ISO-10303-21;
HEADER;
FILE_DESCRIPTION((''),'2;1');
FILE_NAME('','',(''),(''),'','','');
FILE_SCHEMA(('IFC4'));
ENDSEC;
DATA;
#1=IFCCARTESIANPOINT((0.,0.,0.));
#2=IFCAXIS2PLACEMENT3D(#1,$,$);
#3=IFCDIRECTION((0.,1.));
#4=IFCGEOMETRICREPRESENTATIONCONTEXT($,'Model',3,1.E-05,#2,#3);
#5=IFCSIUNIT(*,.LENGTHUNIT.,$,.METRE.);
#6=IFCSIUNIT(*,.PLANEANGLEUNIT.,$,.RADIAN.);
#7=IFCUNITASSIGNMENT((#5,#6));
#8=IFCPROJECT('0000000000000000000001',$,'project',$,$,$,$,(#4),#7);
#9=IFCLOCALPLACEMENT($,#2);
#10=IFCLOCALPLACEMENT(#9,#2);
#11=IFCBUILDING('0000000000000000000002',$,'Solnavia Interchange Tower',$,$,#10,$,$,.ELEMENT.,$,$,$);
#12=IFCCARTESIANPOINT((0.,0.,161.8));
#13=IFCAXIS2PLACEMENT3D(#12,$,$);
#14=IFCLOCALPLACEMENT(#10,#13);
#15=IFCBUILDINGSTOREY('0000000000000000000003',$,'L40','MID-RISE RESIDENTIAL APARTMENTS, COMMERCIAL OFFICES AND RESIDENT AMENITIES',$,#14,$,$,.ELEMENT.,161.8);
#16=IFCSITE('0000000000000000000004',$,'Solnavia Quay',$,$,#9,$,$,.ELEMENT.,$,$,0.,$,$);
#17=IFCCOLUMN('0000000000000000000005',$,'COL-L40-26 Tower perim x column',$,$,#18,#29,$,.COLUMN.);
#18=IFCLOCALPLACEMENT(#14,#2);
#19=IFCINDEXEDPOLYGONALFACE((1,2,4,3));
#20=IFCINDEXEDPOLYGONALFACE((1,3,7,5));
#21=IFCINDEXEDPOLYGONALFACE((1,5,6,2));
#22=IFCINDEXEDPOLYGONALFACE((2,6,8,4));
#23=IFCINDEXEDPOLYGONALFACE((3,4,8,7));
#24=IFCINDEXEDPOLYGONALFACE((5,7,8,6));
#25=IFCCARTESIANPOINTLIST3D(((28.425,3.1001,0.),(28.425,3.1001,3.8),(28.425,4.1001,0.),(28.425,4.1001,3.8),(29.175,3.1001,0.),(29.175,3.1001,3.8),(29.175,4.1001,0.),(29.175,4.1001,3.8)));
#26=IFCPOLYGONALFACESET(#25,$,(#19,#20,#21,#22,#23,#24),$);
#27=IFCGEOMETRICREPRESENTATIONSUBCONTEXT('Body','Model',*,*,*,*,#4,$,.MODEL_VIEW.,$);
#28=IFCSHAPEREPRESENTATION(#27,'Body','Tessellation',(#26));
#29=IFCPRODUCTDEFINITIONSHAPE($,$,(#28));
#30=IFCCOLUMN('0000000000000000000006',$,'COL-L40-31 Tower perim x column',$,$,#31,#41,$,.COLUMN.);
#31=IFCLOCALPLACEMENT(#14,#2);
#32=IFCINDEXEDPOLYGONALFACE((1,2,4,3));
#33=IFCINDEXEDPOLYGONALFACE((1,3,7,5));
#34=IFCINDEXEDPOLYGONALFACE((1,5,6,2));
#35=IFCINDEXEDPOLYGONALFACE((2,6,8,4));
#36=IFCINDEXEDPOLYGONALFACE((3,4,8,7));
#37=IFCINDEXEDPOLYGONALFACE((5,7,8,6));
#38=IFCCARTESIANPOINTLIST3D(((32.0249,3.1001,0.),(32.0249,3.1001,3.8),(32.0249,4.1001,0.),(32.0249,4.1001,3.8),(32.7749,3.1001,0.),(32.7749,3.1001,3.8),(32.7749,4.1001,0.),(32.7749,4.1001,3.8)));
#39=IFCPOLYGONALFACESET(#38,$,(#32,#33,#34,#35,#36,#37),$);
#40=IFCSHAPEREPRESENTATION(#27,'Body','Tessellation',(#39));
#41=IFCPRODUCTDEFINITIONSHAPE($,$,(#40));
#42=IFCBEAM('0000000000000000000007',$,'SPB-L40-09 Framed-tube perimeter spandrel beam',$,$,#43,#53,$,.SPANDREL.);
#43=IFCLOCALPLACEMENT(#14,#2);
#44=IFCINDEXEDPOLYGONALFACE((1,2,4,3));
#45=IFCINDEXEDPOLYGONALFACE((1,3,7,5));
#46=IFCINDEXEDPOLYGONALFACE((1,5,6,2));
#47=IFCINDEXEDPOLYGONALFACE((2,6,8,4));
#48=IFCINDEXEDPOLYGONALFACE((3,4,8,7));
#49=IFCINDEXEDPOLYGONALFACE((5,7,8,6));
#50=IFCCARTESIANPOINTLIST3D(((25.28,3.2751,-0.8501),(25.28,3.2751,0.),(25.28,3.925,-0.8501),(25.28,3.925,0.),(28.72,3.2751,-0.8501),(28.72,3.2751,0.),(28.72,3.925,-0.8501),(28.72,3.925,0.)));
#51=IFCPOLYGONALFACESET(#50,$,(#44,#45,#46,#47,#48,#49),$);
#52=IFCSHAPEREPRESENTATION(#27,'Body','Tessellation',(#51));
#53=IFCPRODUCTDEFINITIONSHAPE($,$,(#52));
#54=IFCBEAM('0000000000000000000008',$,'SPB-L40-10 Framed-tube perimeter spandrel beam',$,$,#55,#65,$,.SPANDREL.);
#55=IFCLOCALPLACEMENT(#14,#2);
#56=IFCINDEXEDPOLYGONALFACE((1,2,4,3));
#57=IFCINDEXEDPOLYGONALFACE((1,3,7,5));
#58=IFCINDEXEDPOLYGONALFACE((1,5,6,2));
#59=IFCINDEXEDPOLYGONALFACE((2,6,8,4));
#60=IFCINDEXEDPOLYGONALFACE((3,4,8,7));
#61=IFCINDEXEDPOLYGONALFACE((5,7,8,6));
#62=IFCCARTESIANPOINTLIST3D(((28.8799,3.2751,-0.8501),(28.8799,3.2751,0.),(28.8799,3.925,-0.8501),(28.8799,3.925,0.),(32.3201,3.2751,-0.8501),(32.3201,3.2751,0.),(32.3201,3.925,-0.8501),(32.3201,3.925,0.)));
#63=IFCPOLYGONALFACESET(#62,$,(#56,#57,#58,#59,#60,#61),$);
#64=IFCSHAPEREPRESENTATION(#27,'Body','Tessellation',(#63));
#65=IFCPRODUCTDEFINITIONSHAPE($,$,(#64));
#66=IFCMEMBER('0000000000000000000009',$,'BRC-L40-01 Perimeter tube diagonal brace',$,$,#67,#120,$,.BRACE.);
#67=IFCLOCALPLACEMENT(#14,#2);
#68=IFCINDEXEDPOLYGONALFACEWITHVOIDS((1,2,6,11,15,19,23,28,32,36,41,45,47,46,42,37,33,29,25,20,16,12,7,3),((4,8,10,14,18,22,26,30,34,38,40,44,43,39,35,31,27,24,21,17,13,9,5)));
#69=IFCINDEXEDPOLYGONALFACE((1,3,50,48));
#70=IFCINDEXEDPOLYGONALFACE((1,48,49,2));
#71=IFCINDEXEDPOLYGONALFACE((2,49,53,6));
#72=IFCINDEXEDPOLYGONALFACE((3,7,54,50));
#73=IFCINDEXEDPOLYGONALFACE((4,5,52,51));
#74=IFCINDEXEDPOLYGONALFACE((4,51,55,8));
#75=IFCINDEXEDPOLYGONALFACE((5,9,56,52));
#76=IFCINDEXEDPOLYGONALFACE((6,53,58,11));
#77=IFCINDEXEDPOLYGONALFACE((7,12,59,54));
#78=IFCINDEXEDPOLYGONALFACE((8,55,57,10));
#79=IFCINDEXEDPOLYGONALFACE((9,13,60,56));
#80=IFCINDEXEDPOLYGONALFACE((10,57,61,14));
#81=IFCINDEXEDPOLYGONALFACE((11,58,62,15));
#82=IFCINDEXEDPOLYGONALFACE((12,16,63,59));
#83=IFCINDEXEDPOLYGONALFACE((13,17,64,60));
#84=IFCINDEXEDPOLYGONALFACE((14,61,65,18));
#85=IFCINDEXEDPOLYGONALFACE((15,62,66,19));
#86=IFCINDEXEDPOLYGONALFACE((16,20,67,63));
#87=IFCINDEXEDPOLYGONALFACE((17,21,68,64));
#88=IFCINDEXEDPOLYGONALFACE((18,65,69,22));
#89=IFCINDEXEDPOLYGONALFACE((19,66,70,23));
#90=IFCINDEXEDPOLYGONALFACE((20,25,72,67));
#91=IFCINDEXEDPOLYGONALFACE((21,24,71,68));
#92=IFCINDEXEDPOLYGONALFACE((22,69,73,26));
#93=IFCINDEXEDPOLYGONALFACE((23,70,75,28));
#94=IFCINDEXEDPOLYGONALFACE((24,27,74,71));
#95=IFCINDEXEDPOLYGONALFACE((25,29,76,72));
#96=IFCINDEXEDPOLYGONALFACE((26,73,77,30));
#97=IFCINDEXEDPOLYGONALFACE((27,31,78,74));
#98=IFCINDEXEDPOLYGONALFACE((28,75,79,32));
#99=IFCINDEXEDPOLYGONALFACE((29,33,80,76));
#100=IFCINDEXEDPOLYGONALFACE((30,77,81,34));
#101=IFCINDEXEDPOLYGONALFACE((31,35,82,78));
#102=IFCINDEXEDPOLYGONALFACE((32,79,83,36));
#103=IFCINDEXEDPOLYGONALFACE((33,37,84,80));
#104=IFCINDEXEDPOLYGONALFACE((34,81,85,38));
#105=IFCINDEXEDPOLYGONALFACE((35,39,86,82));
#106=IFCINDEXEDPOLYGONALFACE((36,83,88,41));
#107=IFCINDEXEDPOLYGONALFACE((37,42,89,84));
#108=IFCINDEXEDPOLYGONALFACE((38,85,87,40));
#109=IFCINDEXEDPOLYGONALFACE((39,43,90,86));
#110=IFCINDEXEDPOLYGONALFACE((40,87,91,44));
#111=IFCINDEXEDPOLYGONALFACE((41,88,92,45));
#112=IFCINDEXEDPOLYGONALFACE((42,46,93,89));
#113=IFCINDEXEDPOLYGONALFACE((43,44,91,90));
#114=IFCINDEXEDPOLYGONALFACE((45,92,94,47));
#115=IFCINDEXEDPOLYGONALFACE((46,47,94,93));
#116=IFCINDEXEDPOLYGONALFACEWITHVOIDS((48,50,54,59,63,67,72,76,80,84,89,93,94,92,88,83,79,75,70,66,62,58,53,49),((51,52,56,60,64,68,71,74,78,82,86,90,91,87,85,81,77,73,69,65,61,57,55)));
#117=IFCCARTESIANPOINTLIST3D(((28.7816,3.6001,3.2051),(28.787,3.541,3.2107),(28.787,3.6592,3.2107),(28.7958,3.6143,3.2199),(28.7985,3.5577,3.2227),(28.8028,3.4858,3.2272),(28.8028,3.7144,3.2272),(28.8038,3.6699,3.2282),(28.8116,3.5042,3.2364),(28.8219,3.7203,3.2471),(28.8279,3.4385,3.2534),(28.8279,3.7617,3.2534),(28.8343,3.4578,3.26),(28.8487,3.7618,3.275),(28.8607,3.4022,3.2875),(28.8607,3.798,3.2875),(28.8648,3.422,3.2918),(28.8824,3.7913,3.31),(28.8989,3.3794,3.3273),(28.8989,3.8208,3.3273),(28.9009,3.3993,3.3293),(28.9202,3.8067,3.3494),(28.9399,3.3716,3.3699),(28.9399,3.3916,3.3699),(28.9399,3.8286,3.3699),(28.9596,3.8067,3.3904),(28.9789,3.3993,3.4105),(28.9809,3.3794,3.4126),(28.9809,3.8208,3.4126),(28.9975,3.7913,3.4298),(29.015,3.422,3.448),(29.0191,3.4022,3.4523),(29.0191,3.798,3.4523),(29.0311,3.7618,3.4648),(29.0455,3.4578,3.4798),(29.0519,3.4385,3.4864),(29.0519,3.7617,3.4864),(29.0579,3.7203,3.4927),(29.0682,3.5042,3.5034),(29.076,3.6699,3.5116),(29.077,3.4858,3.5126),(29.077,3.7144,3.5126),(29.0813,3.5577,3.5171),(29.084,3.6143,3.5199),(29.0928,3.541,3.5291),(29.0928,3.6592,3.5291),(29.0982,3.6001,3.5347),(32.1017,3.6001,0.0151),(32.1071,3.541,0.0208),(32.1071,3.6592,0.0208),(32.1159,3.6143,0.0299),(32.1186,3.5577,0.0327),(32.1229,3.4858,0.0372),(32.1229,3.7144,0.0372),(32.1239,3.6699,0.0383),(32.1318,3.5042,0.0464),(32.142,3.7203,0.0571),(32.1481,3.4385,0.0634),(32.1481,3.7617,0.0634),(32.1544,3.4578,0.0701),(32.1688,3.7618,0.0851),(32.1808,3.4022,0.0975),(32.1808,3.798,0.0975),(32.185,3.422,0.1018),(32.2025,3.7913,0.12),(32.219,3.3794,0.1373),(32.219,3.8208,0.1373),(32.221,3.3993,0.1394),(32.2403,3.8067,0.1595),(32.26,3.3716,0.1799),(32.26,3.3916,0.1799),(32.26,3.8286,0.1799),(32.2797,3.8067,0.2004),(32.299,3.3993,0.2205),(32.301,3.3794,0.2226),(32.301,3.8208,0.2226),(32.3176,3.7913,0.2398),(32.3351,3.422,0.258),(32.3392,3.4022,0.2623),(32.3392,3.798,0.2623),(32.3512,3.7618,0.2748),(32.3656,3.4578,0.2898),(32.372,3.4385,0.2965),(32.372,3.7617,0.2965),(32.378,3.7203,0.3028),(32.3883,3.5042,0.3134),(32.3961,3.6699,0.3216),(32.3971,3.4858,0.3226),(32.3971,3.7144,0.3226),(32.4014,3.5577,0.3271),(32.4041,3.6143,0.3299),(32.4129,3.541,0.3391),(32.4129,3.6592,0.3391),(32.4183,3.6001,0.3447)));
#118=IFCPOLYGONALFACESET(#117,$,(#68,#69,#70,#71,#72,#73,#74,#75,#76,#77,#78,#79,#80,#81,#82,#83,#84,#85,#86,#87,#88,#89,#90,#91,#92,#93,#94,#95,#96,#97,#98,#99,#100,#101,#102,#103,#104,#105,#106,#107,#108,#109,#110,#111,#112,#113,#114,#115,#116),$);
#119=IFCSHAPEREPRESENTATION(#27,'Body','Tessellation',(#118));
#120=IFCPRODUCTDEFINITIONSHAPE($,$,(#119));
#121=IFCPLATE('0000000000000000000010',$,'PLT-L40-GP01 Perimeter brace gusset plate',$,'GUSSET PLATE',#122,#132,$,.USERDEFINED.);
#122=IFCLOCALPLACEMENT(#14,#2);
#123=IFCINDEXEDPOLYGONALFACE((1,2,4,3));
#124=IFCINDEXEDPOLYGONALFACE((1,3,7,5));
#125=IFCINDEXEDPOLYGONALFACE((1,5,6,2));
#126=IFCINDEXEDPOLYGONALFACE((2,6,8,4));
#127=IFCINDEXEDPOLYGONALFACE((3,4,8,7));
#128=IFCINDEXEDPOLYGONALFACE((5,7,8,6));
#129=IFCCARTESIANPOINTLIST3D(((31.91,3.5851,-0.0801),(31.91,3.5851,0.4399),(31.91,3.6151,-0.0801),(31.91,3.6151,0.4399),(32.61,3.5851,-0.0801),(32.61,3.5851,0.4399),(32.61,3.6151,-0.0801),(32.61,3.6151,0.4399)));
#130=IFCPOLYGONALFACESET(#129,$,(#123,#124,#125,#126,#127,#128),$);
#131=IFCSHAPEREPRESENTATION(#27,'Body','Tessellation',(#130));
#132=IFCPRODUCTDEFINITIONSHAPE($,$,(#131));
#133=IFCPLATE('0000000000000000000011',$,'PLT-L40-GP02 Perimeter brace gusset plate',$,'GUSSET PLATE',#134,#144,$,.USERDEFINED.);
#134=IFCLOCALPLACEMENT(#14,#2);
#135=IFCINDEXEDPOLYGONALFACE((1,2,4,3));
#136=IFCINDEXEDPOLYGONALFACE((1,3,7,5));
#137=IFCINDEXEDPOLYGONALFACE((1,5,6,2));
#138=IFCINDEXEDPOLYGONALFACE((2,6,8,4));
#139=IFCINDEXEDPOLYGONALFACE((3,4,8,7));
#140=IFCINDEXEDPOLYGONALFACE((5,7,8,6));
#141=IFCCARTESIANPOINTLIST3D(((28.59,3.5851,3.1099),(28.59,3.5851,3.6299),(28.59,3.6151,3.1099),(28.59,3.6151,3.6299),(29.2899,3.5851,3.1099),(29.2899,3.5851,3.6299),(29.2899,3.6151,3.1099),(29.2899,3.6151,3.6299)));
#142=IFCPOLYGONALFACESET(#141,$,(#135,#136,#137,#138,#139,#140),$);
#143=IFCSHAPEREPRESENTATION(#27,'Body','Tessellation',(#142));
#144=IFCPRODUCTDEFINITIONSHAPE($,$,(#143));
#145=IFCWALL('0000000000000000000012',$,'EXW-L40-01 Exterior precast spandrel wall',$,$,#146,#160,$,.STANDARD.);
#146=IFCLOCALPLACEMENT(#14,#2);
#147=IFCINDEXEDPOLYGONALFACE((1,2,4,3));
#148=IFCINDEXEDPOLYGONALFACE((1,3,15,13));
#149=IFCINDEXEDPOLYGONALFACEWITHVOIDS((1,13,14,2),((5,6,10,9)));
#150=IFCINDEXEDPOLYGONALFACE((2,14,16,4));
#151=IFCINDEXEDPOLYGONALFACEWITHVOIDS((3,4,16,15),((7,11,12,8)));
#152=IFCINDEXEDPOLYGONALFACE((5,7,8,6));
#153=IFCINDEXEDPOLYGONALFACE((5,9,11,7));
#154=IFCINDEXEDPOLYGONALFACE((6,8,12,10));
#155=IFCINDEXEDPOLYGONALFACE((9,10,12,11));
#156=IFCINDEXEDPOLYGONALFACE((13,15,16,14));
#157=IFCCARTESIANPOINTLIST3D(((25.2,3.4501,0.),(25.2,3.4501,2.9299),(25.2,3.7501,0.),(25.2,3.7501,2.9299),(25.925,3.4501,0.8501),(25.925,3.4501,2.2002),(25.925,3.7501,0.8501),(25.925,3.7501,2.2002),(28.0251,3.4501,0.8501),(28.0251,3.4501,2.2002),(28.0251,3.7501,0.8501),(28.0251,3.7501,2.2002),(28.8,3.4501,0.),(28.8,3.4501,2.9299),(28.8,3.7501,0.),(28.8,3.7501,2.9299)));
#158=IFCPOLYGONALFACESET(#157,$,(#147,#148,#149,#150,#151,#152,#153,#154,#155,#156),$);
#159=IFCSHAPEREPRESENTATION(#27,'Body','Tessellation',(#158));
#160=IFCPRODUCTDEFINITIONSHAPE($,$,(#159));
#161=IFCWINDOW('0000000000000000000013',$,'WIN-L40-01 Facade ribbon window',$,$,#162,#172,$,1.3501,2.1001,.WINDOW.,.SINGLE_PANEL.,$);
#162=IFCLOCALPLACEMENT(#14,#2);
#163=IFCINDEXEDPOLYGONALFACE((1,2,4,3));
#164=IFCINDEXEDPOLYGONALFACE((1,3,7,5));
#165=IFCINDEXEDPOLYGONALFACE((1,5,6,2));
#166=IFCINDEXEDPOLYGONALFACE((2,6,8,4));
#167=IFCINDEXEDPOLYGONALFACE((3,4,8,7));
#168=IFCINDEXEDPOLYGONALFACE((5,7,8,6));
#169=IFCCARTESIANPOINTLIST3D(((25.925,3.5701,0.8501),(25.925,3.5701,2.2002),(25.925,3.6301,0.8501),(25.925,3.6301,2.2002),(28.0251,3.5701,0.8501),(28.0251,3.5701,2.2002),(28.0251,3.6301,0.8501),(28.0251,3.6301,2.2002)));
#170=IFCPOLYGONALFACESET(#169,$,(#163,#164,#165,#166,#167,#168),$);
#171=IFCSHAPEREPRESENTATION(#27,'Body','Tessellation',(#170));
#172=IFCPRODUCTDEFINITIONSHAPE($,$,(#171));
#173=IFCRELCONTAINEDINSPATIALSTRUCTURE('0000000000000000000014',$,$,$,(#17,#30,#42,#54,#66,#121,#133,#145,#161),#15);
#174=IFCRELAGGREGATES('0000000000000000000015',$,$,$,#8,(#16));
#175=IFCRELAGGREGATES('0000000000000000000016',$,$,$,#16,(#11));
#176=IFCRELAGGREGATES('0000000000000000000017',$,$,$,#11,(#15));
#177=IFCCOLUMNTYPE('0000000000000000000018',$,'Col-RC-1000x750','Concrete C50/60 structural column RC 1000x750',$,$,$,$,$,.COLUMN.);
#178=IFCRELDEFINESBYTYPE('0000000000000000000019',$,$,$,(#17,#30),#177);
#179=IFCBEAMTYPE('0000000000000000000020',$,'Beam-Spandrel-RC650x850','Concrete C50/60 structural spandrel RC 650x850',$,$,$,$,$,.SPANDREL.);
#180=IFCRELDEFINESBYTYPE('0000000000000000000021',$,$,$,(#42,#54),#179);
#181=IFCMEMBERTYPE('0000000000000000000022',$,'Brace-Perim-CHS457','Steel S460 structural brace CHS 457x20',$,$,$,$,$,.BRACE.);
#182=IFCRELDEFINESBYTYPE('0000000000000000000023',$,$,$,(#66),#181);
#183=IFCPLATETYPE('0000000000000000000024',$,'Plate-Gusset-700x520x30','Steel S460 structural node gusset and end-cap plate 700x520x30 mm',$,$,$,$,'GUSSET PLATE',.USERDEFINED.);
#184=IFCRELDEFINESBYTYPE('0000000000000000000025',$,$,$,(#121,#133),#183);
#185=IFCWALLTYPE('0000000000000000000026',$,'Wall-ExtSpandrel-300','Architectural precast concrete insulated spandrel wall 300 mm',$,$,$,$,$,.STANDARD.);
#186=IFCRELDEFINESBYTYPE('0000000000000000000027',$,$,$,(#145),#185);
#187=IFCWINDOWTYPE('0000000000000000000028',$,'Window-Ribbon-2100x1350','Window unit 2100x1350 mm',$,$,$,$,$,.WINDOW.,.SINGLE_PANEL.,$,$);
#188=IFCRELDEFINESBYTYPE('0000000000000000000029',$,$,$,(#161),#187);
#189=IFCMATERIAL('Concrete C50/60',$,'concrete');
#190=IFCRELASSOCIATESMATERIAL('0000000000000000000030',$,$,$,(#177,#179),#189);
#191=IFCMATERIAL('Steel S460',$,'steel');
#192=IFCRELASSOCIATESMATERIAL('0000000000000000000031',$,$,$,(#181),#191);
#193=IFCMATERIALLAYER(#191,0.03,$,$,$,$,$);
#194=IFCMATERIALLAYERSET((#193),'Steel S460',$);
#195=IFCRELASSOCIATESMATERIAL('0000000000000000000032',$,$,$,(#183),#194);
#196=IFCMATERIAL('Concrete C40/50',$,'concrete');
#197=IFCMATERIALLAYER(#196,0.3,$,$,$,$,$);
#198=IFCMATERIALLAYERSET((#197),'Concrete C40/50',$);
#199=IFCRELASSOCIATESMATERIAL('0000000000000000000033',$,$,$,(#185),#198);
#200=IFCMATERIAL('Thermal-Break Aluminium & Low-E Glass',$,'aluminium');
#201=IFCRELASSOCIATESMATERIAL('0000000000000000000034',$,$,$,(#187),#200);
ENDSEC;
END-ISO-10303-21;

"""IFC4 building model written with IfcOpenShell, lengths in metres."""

from ifc_helpers import new_model, si_unit, direction, frame, frame_2d, origin, origin_2d, place, context, subcontext, project, spatial, rectangle, hollow_circle, extrude, material, layer, layer_set, material_profile, profile_set, type_object, element, fill, save


model = new_model("IFC4")

# Units and contexts
model_context = context("Model", 3, precision=1e-05, world=origin(), true_north=direction((0.0, 1.0)))
body_context = subcontext(model_context, "Body", "Model", "MODEL_VIEW")
ifc_project = project(units=[si_unit("LENGTHUNIT", "METRE"), si_unit("PLANEANGLEUNIT", "RADIAN")], contexts=[model_context])

# Site, building, storey
site_placement = place(None, origin())
site = spatial("IfcSite", under=ifc_project, at=site_placement, Name="Solnavia Quay", CompositionType="ELEMENT", RefElevation=0.0)
building_placement = place(site_placement, origin())
building = spatial("IfcBuilding", under=site, at=building_placement, Name="Solnavia Interchange Tower", CompositionType="ELEMENT")
storey_placement = place(building_placement, frame((0.0, 0.0, 161.8)))
storey = spatial("IfcBuildingStorey", under=building, at=storey_placement, Name="L40", Description="MID-RISE RESIDENTIAL APARTMENTS, COMMERCIAL OFFICES AND RESIDENT AMENITIES", CompositionType="ELEMENT", Elevation=161.8)

# Columns
ifc_material_1 = material(Name="Concrete C50/60", Category="concrete")
ifc_material_profile_1 = material_profile(ifc_material_1, rectangle(XDim=0.75, YDim=1.0, at=origin_2d()), Name="RC 1000x750")
ifc_profile_set_1 = profile_set([ifc_material_profile_1], Name="Concrete C50/60")
column_type = type_object("IfcColumnType", Name="Col-RC-1000x750", Description="Concrete C50/60 structural column RC 1000x750", PredefinedType="COLUMN", material=ifc_profile_set_1)
for number, where, z_axis, x_axis, name in (
    (1, (28.8, 3.6001, 0.0), (0.0, 0.0, 1.0), (1.0, 0.0, 0.0), "COL-L40-26 Tower perim x column"),
    (2, (32.3999, 3.6001, 0.0), (0.0, 0.0, 1.0), (1.0, 0.0, 0.0), "COL-L40-31 Tower perim x column"),
):
    element("IfcColumn", number, at=place(storey_placement, frame(where, z_axis=z_axis, x_axis=x_axis)), inside=storey, type_object=column_type, Name=name, PredefinedType="COLUMN", context=body_context, shape_type="SweptSolid", body=[
        extrude(rectangle(XDim=0.75, YDim=1.0, at=origin_2d()), origin(), (0.0, 0.0, 1.0), 3.8),
    ])

# Beams
ifc_material_profile_2 = material_profile(ifc_material_1, rectangle(XDim=0.6499, YDim=0.8501, at=origin_2d()), Name="RC 650x850")
ifc_profile_set_2 = profile_set([ifc_material_profile_2], Name="Concrete C50/60")
beam_type = type_object("IfcBeamType", Name="Beam-Spandrel-RC650x850", Description="Concrete C50/60 structural spandrel RC 650x850", PredefinedType="SPANDREL", material=ifc_profile_set_2)
beam_1_placement = place(storey_placement, frame((25.28, 3.6001, -0.425), z_axis=(1.0, 0.0, 0.0), x_axis=(0.0, 1.0, 0.0)))
element("IfcBeam", 3, at=beam_1_placement, inside=storey, type_object=beam_type, Name="SPB-L40-09 Framed-tube perimeter spandrel beam", PredefinedType="SPANDREL", context=body_context, shape_type="SweptSolid", body=[
    extrude(rectangle(XDim=0.6499, YDim=0.8501, at=origin_2d()), origin(), (0.0, 0.0, 1.0), 3.4399),
])
beam_2_placement = place(storey_placement, frame((28.8799, 3.6001, -0.425), z_axis=(1.0, 0.0, 0.0), x_axis=(0.0, 1.0, 0.0)))
element("IfcBeam", 4, at=beam_2_placement, inside=storey, type_object=beam_type, Name="SPB-L40-10 Framed-tube perimeter spandrel beam", PredefinedType="SPANDREL", context=body_context, shape_type="SweptSolid", body=[
    extrude(rectangle(XDim=0.6499, YDim=0.8501, at=origin_2d()), origin(), (0.0, 0.0, 1.0), 3.4402),
])

# Member
ifc_material_2 = material(Name="Steel S460", Category="steel")
ifc_material_profile_3 = material_profile(ifc_material_2, hollow_circle(Radius=0.2285, WallThickness=0.02, at=origin_2d()), Name="CHS 457x20")
ifc_profile_set_3 = profile_set([ifc_material_profile_3], Name="Steel S460")
member_type = type_object("IfcMemberType", Name="Brace-Perim-CHS457", Description="Steel S460 structural brace CHS 457x20", PredefinedType="BRACE", material=ifc_profile_set_3)
member_placement = place(storey_placement, frame((32.26, 3.6001, 0.1799), z_axis=(-0.721097, 0.0, 0.692834), x_axis=(0.0, -1.0, 0.0)))
element("IfcMember", 5, at=member_placement, inside=storey, type_object=member_type, Name="BRC-L40-01 Perimeter tube diagonal brace", PredefinedType="BRACE", context=body_context, shape_type="SweptSolid", body=[
    extrude(hollow_circle(Radius=0.2285, WallThickness=0.02, at=origin_2d()), origin(), (0.0, 0.0, 1.0), 4.6042),
])

# Plates
ifc_layer_1 = layer(ifc_material_2, 0.03)
ifc_layer_set_1 = layer_set([ifc_layer_1], Name="Steel S460")
plate_type = type_object("IfcPlateType", Name="Plate-Gusset-700x520x30", Description="Steel S460 structural node gusset and end-cap plate 700x520x30 mm", ElementType="GUSSET PLATE", PredefinedType="USERDEFINED", material=ifc_layer_set_1)
for number, where, z_axis, x_axis, name in (
    (6, (32.26, 3.6001, -0.0801), (0.0, 0.0, 1.0), (-1.0, 0.0, 0.0), "PLT-L40-GP01 Perimeter brace gusset plate"),
    (7, (28.9399, 3.6001, 3.1099), (0.0, 0.0, 1.0), (-1.0, 0.0, 0.0), "PLT-L40-GP02 Perimeter brace gusset plate"),
):
    element("IfcPlate", number, at=place(storey_placement, frame(where, z_axis=z_axis, x_axis=x_axis)), inside=storey, type_object=plate_type, Name=name, ObjectType="GUSSET PLATE", PredefinedType="USERDEFINED", context=body_context, shape_type="SweptSolid", body=[
        extrude(rectangle(XDim=0.7, YDim=0.03, at=origin_2d()), origin(), (0.0, 0.0, 1.0), 0.52),
    ])

# Wall, opening, window
ifc_material_3 = material(Name="Concrete C40/50", Category="concrete")
ifc_layer_2 = layer(ifc_material_3, 0.3)
ifc_layer_set_2 = layer_set([ifc_layer_2], Name="Concrete C40/50")
wall_type_1 = type_object("IfcWallType", Name="Wall-ExtSpandrel-300", Description="Architectural precast concrete insulated spandrel wall 300 mm", PredefinedType="STANDARD", material=ifc_layer_set_2)
wall_1_placement = place(storey_placement, frame((28.8, 3.6001, 0.0), z_axis=(0.0, 0.0, 1.0), x_axis=(-1.0, 0.0, 0.0)))
wall_1 = element("IfcWall", 8, at=wall_1_placement, inside=storey, type_object=wall_type_1, Name="EXW-L40-01 Exterior precast spandrel wall", PredefinedType="STANDARD", context=body_context, shape_type="SweptSolid", body=[
    extrude(rectangle(XDim=3.6001, YDim=0.3, at=frame_2d((1.8, 0.0))), origin(), (0.0, 0.0, 1.0), 2.9299),
])
opening_1_placement = place(wall_1_placement, frame((0.7749, 0.0, 0.8501)))
opening_1 = element("IfcOpeningElement", 9, at=opening_1_placement, cuts=wall_1, PredefinedType="OPENING", context=body_context, shape_type="SweptSolid", body=[
    extrude(rectangle(XDim=2.1001, YDim=1.3501, at=frame_2d((1.05, 0.675))), frame((0.0, 0.1602, 0.0), z_axis=(0.0, -1.0, 0.0), x_axis=(1.0, 0.0, 0.0)), (0.0, 0.0, 1.0), 0.3201),
])
ifc_material_4 = material(Name="Thermal-Break Aluminium & Low-E Glass", Category="aluminium")
window_type_1 = type_object("IfcWindowType", Name="Window-Ribbon-2100x1350", Description="Window unit 2100x1350 mm", PartitioningType="SINGLE_PANEL", PredefinedType="WINDOW", material=ifc_material_4)
window_1_placement = place(opening_1_placement, origin())
window_1 = element("IfcWindow", 10, at=window_1_placement, inside=storey, type_object=window_type_1, Name="WIN-L40-01 Facade ribbon window", OverallHeight=1.3501, OverallWidth=2.1001, PartitioningType="SINGLE_PANEL", PredefinedType="WINDOW", context=body_context, shape_type="SweptSolid", body=[
    extrude(rectangle(XDim=2.1001, YDim=1.3501, at=frame_2d((1.05, 0.675))), frame((0.0, 0.03, 0.0), z_axis=(0.0, -1.0, 0.0), x_axis=(1.0, 0.0, 0.0)), (0.0, 0.0, 1.0), 0.0601),
])
fill(opening_1, window_1)

save(model, "model.ifc")
